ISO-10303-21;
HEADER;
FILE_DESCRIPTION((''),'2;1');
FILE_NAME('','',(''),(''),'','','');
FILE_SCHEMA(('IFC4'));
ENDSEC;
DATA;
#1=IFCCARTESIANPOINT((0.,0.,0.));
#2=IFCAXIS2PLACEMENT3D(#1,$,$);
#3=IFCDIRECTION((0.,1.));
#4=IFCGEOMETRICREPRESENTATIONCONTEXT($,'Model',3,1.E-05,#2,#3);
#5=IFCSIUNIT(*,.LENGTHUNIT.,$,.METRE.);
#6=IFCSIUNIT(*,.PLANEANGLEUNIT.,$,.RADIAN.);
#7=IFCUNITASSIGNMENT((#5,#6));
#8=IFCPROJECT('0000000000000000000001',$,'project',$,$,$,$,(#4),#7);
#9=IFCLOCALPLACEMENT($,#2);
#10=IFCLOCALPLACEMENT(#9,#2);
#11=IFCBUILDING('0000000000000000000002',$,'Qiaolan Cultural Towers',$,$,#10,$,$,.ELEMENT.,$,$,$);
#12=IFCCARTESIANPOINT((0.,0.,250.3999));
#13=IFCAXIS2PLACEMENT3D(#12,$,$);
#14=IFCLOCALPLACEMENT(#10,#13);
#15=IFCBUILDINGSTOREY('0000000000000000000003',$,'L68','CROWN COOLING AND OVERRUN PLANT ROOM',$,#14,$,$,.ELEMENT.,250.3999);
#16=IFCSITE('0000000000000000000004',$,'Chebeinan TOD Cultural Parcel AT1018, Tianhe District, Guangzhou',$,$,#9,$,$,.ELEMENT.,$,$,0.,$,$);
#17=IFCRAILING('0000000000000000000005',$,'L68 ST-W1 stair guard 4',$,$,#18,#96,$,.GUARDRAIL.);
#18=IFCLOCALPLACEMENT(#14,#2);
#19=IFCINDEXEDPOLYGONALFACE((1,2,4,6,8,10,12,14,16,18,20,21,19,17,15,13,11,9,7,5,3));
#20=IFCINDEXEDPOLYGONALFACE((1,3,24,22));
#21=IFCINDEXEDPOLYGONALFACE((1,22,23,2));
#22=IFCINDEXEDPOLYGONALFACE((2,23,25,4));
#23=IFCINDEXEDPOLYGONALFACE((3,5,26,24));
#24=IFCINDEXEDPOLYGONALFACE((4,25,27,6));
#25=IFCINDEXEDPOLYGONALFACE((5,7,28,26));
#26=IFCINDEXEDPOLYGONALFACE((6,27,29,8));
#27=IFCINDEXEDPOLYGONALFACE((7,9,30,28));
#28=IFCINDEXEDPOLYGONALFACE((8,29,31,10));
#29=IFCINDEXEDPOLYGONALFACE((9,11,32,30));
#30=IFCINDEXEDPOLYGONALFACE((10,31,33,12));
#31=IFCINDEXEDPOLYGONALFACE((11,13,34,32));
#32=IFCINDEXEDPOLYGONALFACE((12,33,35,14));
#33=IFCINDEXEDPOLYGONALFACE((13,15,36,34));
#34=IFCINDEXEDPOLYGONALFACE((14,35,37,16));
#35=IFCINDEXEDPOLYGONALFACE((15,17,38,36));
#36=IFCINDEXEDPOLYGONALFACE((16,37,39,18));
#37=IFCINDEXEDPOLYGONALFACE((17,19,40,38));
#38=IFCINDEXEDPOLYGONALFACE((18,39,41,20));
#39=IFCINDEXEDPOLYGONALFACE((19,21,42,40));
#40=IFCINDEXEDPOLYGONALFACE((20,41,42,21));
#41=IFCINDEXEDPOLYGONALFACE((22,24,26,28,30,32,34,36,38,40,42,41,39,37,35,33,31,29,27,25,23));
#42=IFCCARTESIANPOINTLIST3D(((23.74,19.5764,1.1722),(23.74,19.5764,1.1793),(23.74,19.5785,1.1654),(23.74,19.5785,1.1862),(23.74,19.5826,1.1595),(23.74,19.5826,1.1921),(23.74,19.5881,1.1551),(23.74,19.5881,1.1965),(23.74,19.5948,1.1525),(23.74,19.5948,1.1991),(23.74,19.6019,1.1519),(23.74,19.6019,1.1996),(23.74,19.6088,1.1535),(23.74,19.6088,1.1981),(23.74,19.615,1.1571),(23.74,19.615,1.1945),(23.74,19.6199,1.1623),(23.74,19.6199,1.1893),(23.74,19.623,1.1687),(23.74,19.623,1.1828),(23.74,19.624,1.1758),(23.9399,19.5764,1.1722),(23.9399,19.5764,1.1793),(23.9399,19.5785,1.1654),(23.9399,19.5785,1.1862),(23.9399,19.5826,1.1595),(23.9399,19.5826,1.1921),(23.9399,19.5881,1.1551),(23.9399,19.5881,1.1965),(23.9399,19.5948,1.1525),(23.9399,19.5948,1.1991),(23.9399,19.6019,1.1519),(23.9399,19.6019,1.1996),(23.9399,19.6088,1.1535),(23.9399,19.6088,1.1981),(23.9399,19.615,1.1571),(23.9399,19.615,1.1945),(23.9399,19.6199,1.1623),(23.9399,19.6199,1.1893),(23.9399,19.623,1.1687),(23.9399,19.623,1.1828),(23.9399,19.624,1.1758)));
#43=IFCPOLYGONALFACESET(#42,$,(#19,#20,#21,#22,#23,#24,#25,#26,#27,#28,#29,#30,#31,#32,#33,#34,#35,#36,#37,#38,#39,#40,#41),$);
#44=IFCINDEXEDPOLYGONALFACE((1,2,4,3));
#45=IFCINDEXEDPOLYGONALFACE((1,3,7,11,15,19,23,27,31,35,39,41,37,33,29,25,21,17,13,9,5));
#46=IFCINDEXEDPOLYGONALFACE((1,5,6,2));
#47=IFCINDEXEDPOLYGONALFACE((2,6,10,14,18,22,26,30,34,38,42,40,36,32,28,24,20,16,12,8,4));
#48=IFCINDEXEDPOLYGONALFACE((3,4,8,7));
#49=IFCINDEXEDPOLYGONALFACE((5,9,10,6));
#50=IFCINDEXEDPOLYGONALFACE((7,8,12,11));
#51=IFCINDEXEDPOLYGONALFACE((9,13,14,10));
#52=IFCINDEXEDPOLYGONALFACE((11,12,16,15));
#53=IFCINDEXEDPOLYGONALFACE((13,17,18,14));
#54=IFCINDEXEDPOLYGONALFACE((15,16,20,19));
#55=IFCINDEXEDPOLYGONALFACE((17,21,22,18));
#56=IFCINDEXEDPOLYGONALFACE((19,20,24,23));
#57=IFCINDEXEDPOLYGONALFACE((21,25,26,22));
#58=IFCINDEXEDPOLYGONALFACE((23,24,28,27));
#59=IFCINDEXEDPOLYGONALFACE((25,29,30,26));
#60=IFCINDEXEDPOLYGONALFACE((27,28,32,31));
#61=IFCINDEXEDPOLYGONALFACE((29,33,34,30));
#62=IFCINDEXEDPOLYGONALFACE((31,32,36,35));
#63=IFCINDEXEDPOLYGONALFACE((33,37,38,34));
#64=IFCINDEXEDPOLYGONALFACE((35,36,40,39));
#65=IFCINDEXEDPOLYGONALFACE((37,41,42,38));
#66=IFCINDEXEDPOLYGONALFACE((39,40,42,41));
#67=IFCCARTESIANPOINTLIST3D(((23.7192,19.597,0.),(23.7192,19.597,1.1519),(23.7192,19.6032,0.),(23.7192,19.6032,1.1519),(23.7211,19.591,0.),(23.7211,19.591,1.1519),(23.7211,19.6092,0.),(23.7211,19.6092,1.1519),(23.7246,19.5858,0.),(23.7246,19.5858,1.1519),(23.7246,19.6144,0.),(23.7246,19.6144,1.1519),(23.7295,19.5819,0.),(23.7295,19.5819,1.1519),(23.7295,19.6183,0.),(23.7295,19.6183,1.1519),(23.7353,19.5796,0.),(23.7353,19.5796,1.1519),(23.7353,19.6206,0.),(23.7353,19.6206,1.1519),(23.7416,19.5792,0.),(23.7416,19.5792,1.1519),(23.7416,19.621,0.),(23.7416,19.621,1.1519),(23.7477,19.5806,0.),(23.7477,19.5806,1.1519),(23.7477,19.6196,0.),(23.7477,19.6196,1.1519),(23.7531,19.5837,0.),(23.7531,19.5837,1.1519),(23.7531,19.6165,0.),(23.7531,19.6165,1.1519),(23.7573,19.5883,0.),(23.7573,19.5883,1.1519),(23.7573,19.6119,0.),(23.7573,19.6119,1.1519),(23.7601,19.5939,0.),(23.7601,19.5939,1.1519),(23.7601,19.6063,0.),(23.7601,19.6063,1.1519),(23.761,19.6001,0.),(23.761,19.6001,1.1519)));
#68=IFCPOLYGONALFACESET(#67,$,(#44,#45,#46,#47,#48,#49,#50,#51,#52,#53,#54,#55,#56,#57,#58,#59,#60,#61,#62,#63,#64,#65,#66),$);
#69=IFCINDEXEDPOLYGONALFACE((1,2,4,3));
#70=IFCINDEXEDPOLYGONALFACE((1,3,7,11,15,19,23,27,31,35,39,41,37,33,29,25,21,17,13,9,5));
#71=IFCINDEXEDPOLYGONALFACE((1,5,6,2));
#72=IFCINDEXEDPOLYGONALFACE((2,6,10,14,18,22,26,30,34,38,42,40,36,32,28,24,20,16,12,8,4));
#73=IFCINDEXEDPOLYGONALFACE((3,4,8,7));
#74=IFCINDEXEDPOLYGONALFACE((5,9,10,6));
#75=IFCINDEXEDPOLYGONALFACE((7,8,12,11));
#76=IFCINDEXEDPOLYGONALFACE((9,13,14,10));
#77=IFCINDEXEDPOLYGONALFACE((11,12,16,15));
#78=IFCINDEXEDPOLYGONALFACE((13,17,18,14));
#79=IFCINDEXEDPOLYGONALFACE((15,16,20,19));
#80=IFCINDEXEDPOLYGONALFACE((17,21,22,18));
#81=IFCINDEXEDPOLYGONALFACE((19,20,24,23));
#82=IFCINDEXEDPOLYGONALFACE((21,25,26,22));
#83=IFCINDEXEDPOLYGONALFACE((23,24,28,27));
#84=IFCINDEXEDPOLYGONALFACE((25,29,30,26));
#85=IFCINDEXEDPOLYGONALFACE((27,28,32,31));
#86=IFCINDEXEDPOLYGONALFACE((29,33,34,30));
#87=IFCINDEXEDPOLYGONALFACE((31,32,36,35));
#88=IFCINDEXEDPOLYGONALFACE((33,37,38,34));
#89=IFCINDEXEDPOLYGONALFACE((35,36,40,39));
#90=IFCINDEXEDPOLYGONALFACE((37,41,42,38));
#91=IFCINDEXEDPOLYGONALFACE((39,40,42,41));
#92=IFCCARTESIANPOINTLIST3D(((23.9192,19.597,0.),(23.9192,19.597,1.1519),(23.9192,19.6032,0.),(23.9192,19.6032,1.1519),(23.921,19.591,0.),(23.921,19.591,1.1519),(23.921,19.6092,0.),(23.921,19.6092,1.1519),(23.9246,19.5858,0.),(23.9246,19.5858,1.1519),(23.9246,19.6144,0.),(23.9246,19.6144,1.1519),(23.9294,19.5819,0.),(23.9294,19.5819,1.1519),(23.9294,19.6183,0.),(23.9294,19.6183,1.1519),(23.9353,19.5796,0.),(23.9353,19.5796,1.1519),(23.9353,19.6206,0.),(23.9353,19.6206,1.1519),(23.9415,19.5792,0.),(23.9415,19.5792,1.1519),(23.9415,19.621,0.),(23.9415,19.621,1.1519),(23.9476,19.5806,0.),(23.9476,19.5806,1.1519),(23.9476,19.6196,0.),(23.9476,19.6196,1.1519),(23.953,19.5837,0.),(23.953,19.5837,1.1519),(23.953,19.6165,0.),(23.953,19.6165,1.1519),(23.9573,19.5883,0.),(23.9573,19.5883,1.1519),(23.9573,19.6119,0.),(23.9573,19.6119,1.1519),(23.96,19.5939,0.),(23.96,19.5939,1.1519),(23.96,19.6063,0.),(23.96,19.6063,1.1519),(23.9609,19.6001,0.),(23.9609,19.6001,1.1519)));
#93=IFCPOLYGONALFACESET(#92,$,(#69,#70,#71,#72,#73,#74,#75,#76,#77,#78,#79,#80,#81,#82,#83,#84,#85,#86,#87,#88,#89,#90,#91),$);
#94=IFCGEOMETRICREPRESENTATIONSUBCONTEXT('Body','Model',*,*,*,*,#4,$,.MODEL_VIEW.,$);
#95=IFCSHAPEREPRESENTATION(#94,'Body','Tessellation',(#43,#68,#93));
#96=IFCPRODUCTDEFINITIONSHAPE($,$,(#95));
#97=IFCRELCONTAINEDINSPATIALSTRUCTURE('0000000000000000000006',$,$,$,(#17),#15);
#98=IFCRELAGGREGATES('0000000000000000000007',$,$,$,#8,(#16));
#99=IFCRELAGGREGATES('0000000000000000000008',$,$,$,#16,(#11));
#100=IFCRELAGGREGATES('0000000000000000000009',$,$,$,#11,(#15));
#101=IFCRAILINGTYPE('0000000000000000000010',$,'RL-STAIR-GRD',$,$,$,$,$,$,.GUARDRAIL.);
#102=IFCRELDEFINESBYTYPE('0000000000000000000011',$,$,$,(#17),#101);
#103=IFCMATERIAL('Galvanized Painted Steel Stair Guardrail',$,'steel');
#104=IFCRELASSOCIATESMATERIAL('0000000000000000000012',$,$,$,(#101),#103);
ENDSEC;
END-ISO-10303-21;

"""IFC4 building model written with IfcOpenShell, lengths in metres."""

from ifc_helpers import new_model, si_unit, direction, frame, origin, origin_2d, place, context, subcontext, project, spatial, circle, extrude, material, type_object, element, save


model = new_model("IFC4")

# Units and contexts
model_context = context("Model", 3, precision=1e-05, world=origin(), true_north=direction((0.0, 1.0)))
body_context = subcontext(model_context, "Body", "Model", "MODEL_VIEW")
ifc_project = project(units=[si_unit("LENGTHUNIT", "METRE"), si_unit("PLANEANGLEUNIT", "RADIAN")], contexts=[model_context])

# Site, building, storey
site_placement = place(None, origin())
site = spatial("IfcSite", under=ifc_project, at=site_placement, Name="Chebeinan TOD Cultural Parcel AT1018, Tianhe District, Guangzhou", CompositionType="ELEMENT", RefElevation=0.0)
building_placement = place(site_placement, origin())
building = spatial("IfcBuilding", under=site, at=building_placement, Name="Qiaolan Cultural Towers", CompositionType="ELEMENT")
storey_placement = place(building_placement, frame((0.0, 0.0, 250.3999)))
storey = spatial("IfcBuildingStorey", under=building, at=storey_placement, Name="L68", Description="CROWN COOLING AND OVERRUN PLANT ROOM", CompositionType="ELEMENT", Elevation=250.3999)

# Railing
ifc_material_1 = material(Name="Galvanized Painted Steel Stair Guardrail", Category="steel")
railing_type_1 = type_object("IfcRailingType", Name="RL-STAIR-GRD", PredefinedType="GUARDRAIL", material=ifc_material_1)
railing_1_placement = place(storey_placement, frame((23.74, 19.6001, 0.0)))
element("IfcRailing", 1, at=railing_1_placement, inside=storey, type_object=railing_type_1, Name="L68 ST-W1 stair guard 4", PredefinedType="GUARDRAIL", context=body_context, shape_type="SweptSolid", body=[
    extrude(circle(Radius=0.0239, at=origin_2d()), frame((0.0, 0.0, 1.1758), z_axis=(1.0, 0.0, 0.0), x_axis=(0.0, 1.0, 0.0)), (0.0, 0.0, 1.0), 0.2),
    extrude(circle(Radius=0.021, at=origin_2d()), origin(), (0.0, 0.0, 1.0), 1.1519),
    extrude(circle(Radius=0.021, at=origin_2d()), frame((0.2, 0.0, 0.0)), (0.0, 0.0, 1.0), 1.1519),
])

save(model, "model.ifc")
